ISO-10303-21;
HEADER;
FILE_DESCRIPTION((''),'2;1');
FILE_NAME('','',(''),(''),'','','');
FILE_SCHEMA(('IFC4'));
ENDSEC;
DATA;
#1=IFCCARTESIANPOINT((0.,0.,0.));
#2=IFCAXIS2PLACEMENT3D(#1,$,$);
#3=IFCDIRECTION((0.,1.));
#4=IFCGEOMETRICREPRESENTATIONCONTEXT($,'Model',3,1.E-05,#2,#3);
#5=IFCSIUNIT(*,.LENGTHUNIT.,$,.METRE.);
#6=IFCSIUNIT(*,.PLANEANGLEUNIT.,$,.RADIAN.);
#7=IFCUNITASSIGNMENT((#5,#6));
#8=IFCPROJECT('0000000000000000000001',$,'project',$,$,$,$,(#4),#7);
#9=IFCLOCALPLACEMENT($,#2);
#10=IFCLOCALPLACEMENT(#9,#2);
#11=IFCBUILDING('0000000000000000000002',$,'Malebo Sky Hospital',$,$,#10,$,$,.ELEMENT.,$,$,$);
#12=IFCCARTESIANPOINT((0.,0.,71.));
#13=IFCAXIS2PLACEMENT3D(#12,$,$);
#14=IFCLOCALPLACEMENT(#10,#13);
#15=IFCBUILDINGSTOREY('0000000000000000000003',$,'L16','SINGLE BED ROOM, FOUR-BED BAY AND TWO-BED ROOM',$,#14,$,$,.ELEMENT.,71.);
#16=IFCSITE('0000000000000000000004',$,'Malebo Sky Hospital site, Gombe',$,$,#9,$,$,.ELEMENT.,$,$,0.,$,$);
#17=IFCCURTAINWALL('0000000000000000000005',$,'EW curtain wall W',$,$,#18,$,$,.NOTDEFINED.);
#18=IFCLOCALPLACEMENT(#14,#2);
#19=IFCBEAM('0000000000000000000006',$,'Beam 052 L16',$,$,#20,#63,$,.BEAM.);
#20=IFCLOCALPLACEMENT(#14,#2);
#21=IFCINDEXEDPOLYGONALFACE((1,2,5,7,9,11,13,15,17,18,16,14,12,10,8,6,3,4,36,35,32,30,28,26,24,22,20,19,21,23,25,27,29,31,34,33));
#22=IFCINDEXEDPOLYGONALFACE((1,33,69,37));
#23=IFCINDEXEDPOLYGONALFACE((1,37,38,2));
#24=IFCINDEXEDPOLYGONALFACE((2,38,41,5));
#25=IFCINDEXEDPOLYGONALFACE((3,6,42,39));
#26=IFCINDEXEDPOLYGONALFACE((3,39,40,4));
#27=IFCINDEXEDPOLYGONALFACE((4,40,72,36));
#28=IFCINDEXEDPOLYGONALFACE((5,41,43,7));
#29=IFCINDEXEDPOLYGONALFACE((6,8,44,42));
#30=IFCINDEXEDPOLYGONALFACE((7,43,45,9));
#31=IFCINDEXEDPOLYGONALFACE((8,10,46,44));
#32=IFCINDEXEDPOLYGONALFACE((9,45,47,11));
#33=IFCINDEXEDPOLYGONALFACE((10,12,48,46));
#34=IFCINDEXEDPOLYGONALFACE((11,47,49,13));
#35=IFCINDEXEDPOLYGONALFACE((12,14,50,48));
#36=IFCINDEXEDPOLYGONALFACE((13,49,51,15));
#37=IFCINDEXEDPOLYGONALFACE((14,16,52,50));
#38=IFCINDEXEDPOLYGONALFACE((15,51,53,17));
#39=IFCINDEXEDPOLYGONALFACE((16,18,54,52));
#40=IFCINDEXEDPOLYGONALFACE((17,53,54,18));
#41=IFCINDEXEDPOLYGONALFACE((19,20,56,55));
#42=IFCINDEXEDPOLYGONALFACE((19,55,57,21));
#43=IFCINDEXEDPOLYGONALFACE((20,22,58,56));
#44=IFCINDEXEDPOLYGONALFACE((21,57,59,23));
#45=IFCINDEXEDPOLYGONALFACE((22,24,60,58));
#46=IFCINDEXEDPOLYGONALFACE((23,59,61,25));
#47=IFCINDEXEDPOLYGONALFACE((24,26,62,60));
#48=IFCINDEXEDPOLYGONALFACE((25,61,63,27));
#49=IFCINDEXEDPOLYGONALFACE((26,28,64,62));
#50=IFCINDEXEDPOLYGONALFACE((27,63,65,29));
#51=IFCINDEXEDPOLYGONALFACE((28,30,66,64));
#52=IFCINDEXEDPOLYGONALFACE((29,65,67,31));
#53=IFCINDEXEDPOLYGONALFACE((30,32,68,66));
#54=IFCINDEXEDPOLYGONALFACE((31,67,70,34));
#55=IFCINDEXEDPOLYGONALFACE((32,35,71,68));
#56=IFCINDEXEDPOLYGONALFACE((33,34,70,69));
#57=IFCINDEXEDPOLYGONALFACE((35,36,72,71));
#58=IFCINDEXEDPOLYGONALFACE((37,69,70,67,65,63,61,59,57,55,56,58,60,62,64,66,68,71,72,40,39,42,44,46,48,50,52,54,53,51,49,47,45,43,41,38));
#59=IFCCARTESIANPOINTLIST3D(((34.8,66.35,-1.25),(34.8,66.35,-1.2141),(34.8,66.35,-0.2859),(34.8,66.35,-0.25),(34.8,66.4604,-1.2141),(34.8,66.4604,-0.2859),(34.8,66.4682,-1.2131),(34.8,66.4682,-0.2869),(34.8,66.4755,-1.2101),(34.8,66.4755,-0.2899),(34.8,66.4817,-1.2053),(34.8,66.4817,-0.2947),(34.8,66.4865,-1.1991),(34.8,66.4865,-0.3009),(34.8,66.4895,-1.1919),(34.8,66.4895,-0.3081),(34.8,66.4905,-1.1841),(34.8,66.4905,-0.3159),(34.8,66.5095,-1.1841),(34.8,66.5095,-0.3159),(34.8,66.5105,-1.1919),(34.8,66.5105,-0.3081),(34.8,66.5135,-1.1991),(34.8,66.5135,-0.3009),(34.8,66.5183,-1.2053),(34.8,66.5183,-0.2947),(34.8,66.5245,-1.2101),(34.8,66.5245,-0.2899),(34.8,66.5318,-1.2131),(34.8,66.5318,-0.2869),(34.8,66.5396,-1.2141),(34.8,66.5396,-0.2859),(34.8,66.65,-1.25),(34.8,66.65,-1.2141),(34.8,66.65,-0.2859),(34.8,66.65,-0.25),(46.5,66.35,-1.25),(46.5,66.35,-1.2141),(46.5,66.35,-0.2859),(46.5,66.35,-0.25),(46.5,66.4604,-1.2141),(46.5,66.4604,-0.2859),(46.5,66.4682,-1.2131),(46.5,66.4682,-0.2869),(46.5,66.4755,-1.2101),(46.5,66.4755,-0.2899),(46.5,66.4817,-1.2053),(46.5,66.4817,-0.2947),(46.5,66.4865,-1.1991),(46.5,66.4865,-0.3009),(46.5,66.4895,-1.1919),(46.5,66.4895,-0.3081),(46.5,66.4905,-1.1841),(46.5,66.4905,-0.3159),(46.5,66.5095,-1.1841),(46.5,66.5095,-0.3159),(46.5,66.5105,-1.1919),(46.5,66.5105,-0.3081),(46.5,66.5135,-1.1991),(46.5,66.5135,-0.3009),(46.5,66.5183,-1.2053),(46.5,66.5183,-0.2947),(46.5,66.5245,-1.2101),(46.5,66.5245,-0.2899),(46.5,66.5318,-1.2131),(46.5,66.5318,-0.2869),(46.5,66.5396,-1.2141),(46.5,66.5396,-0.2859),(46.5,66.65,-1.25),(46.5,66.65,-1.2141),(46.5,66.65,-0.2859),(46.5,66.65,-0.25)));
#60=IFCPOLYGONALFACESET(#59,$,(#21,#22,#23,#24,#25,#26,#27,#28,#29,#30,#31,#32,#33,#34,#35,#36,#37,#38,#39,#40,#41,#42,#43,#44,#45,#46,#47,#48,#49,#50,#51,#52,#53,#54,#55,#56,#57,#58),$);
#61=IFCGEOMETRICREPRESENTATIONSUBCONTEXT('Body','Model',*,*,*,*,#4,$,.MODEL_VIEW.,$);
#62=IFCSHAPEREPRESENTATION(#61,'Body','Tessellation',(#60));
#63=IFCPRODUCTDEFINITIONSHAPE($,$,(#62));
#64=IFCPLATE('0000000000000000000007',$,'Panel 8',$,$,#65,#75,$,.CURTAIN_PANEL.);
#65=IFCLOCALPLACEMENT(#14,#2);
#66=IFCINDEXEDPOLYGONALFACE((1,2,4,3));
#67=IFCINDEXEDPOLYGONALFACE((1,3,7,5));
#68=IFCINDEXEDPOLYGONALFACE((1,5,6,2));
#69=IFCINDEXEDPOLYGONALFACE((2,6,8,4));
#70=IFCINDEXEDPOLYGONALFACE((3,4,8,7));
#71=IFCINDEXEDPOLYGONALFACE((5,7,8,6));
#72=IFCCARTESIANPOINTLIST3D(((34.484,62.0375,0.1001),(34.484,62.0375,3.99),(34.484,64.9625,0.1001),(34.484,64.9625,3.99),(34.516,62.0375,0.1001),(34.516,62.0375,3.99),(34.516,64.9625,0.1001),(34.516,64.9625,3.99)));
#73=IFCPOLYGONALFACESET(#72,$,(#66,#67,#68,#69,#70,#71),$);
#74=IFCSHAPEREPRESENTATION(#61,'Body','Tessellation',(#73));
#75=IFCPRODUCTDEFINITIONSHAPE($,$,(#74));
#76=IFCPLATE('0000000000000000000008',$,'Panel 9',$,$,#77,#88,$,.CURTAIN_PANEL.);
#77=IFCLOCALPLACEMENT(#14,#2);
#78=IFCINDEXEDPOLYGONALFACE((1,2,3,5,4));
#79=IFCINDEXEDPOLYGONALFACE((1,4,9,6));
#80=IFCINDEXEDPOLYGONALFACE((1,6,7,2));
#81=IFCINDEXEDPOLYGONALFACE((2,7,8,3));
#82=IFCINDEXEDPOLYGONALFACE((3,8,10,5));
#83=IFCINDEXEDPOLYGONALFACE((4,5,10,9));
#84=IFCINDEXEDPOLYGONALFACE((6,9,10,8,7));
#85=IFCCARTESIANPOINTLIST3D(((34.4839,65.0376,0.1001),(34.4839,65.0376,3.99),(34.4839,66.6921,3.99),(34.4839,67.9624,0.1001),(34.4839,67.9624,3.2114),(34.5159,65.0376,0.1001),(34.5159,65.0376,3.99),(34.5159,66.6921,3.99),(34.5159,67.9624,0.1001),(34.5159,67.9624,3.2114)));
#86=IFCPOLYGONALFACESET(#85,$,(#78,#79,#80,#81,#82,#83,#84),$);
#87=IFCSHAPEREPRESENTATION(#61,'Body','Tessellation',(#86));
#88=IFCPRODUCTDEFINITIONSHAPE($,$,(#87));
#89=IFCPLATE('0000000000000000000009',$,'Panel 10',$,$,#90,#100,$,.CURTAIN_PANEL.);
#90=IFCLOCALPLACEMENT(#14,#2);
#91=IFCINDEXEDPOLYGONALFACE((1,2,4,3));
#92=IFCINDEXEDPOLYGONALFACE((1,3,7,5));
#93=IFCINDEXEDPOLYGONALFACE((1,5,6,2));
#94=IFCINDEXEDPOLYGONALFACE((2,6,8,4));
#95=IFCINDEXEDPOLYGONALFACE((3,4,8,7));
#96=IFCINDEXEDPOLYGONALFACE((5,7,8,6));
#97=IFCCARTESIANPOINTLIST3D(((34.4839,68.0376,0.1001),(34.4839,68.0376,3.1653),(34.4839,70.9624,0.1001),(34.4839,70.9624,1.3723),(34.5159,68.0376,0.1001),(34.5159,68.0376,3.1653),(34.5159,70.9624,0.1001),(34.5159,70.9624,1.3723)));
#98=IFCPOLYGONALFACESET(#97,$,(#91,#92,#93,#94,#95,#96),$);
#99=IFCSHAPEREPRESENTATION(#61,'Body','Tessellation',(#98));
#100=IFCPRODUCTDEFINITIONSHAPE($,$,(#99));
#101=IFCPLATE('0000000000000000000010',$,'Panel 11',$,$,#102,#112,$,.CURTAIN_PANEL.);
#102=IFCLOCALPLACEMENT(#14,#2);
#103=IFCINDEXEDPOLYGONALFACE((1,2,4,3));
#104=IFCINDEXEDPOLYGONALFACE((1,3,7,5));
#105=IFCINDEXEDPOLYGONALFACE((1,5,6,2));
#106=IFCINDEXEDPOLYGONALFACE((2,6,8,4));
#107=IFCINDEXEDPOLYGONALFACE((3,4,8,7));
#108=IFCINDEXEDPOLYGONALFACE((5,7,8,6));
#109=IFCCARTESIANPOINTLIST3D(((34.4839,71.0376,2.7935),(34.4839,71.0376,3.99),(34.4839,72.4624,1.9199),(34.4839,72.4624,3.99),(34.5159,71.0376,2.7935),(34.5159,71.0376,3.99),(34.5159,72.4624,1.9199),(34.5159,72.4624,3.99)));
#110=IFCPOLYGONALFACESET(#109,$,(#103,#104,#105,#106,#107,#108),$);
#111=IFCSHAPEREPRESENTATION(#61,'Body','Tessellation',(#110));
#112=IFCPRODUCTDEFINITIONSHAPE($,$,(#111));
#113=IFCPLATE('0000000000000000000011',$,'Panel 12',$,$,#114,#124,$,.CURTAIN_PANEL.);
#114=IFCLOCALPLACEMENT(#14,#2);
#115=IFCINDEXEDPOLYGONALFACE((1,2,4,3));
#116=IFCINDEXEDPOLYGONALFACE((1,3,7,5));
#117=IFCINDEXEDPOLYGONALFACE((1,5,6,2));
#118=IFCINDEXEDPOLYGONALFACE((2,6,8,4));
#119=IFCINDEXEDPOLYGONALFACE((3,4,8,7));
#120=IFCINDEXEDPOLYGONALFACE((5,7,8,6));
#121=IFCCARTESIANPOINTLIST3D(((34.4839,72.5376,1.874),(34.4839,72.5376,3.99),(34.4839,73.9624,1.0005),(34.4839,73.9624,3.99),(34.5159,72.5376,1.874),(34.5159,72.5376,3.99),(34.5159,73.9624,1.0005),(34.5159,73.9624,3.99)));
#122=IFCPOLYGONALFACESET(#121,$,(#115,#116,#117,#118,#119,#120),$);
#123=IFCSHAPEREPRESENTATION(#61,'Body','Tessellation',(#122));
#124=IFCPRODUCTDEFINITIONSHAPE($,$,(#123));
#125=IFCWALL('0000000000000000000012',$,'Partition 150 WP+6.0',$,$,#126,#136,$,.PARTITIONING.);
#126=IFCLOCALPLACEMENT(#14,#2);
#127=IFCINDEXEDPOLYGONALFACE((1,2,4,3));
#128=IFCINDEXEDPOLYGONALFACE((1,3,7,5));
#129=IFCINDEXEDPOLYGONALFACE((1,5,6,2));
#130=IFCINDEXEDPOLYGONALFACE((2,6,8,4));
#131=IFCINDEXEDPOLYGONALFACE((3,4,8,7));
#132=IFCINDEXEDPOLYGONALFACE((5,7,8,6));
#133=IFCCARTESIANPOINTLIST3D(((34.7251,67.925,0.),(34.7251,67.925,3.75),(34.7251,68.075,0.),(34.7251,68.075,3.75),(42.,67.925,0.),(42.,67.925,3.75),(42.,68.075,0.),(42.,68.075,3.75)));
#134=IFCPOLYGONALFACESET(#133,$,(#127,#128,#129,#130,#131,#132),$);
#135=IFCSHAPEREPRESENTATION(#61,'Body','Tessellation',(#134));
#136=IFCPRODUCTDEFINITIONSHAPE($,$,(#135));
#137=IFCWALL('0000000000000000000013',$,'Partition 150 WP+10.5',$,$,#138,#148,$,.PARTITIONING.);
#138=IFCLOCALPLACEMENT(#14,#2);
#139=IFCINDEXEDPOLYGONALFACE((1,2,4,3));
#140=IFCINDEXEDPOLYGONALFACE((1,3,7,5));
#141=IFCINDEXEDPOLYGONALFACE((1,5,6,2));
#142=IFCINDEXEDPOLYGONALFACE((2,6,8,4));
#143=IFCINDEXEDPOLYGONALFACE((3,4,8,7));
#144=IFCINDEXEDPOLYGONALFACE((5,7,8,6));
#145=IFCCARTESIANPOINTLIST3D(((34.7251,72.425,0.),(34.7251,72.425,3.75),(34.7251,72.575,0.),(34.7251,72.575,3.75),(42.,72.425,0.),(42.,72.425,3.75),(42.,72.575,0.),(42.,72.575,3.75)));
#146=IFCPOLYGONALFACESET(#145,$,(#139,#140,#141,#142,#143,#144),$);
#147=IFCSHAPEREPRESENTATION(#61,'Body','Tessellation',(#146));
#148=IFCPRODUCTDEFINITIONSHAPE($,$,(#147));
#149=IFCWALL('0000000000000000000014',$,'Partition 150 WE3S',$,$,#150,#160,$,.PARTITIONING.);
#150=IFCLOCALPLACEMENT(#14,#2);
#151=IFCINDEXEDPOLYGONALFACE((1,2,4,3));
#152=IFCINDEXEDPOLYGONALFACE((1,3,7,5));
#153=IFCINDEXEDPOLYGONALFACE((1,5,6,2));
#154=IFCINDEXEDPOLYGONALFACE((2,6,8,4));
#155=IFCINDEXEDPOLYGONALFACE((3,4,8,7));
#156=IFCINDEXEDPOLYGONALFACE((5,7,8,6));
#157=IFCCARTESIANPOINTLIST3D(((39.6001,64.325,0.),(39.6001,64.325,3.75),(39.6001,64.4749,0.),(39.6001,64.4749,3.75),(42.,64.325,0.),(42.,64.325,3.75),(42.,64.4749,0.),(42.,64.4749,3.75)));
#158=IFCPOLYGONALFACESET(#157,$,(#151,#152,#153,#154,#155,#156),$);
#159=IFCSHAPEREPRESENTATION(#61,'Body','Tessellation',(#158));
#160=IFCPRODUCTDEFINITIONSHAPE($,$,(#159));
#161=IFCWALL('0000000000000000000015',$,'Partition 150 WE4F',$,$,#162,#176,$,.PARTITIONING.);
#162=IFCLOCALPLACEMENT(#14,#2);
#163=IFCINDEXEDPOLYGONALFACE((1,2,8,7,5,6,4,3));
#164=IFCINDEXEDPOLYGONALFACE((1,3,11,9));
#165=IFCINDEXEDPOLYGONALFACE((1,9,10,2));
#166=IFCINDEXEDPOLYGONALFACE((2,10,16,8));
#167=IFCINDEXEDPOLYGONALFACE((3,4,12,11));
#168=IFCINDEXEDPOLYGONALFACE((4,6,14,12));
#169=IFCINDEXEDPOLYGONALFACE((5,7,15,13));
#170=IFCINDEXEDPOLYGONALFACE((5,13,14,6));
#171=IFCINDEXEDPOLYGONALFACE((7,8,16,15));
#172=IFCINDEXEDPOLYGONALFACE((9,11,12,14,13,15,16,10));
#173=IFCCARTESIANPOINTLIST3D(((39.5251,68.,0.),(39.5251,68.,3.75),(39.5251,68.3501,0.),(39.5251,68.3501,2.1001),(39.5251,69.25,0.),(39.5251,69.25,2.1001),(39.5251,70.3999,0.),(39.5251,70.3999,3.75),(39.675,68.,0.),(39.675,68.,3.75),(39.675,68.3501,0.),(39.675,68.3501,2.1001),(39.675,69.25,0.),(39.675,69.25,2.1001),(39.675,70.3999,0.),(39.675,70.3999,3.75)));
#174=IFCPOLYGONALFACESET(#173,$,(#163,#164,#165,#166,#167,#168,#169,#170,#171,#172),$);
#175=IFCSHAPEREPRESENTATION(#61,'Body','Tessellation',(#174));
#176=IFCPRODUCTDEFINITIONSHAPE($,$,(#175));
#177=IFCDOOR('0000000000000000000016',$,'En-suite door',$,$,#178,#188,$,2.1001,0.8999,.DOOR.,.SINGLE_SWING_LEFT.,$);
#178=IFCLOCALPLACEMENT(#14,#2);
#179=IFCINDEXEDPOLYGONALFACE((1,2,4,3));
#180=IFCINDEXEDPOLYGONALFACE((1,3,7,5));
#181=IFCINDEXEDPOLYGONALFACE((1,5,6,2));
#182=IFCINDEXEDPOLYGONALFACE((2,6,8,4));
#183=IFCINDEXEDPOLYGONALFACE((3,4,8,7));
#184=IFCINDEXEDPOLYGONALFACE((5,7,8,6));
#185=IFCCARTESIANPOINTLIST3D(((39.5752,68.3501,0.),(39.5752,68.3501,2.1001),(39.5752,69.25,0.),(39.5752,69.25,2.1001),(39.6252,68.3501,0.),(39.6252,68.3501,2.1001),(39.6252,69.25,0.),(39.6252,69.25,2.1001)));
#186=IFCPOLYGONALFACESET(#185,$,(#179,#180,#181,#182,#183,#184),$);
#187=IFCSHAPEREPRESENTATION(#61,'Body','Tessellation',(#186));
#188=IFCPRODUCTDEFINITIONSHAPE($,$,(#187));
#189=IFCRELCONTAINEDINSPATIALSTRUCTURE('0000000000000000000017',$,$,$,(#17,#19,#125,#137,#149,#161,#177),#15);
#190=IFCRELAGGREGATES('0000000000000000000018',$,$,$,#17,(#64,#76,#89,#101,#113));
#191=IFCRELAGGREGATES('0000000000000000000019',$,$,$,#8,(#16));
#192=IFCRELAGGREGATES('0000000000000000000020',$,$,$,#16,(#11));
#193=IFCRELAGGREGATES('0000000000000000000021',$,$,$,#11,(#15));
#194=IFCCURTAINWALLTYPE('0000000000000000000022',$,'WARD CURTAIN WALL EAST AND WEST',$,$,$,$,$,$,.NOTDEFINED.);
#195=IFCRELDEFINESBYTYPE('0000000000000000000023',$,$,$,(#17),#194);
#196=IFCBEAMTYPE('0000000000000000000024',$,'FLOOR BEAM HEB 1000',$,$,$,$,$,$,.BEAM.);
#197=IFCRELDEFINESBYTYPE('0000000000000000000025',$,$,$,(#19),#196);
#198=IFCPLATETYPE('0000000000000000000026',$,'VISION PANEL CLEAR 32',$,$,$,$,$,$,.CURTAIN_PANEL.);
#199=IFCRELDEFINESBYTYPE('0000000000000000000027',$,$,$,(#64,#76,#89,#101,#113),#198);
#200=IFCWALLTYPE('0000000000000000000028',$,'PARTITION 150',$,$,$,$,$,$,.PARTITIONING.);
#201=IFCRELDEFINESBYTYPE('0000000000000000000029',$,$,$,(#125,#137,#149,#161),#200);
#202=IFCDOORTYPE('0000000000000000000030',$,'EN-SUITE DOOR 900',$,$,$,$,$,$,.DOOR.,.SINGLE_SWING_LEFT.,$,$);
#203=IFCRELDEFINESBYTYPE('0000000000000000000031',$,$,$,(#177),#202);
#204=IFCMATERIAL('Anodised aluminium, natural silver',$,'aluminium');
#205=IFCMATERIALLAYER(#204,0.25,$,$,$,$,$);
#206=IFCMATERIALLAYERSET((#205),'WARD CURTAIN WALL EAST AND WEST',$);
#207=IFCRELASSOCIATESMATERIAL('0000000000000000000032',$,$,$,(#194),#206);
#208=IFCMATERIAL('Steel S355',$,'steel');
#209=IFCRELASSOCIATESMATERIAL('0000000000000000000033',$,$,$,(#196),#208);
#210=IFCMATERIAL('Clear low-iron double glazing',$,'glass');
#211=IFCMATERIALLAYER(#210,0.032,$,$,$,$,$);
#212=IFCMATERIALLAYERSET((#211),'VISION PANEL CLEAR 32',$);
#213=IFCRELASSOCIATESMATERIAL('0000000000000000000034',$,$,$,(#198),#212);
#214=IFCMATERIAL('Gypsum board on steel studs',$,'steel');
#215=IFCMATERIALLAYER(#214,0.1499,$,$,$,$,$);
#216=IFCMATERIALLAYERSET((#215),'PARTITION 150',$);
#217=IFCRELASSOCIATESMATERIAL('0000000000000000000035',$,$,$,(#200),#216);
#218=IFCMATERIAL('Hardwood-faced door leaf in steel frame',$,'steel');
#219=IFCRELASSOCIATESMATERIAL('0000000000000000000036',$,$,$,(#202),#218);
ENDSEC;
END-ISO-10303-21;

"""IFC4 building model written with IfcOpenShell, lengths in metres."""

from ifc_helpers import new_model, si_unit, direction, frame, frame_2d, origin, origin_2d, place, context, subcontext, project, spatial, polyline, rectangle, i_section, outline, extrude, material, layer, layer_set, material_profile, profile_set, type_object, element, fill, aggregate, save


model = new_model("IFC4")

# Units and contexts
model_context = context("Model", 3, precision=1e-05, world=origin(), true_north=direction((0.0, 1.0)))
body_context = subcontext(model_context, "Body", "Model", "MODEL_VIEW")
ifc_project = project(units=[si_unit("LENGTHUNIT", "METRE"), si_unit("PLANEANGLEUNIT", "RADIAN")], contexts=[model_context])

# Site, building, storey
site_placement = place(None, origin())
site = spatial("IfcSite", under=ifc_project, at=site_placement, Name="Malebo Sky Hospital site, Gombe", CompositionType="ELEMENT", RefElevation=0.0)
building_placement = place(site_placement, origin())
building = spatial("IfcBuilding", under=site, at=building_placement, Name="Malebo Sky Hospital", CompositionType="ELEMENT")
storey_placement = place(building_placement, frame((0.0, 0.0, 71.0)))
storey = spatial("IfcBuildingStorey", under=building, at=storey_placement, Name="L16", Description="SINGLE BED ROOM, FOUR-BED BAY AND TWO-BED ROOM", CompositionType="ELEMENT", Elevation=71.0)

# Curtain wall
ifc_material_1 = material(Name="Anodised aluminium, natural silver", Category="aluminium")
ifc_layer_1 = layer(ifc_material_1, 0.25)
ifc_layer_set_1 = layer_set([ifc_layer_1], Name="WARD CURTAIN WALL EAST AND WEST")
curtain_wall_type = type_object("IfcCurtainWallType", Name="WARD CURTAIN WALL EAST AND WEST", PredefinedType="NOTDEFINED", material=ifc_layer_set_1)
curtain_wall_placement = place(storey_placement, origin())
curtain_wall = element("IfcCurtainWall", 1, at=curtain_wall_placement, inside=storey, type_object=curtain_wall_type, Name="EW curtain wall W", PredefinedType="NOTDEFINED")

# Beam
ifc_material_2 = material(Name="Steel S355", Category="steel")
ifc_material_profile_1 = material_profile(ifc_material_2, i_section(OverallWidth=0.3, OverallDepth=1.0, WebThickness=0.019, FlangeThickness=0.0359, FilletRadius=0.03, at=origin_2d()), Name="HEB 1000")
ifc_profile_set_1 = profile_set([ifc_material_profile_1], Name="Steel S355")
beam_type_1 = type_object("IfcBeamType", Name="FLOOR BEAM HEB 1000", PredefinedType="BEAM", material=ifc_profile_set_1)
beam_1_placement = place(storey_placement, frame((34.8, 66.5, -0.75), z_axis=(1.0, 0.0, 0.0), x_axis=(0.0, 1.0, 0.0)))
element("IfcBeam", 2, at=beam_1_placement, inside=storey, type_object=beam_type_1, Name="Beam 052 L16", PredefinedType="BEAM", context=body_context, shape_type="SweptSolid", body=[
    extrude(i_section(OverallWidth=0.3, OverallDepth=1.0, WebThickness=0.019, FlangeThickness=0.0359, FilletRadius=0.03, at=origin_2d()), origin(), (0.0, 0.0, 1.0), 11.7),
])

# Plates
ifc_material_3 = material(Name="Clear low-iron double glazing", Category="glass")
ifc_layer_2 = layer(ifc_material_3, 0.032)
ifc_layer_set_2 = layer_set([ifc_layer_2], Name="VISION PANEL CLEAR 32")
plate_type = type_object("IfcPlateType", Name="VISION PANEL CLEAR 32", PredefinedType="CURTAIN_PANEL", material=ifc_layer_set_2)
plate_1_placement = place(storey_placement, frame((34.5, 63.5, 0.1001), z_axis=(0.0, 0.0, 1.0), x_axis=(0.0, 1.0, 0.0)))
plate_1 = element("IfcPlate", 3, at=plate_1_placement, type_object=plate_type, Name="Panel 8", PredefinedType="CURTAIN_PANEL", context=body_context, shape_type="SweptSolid", body=[
    extrude(rectangle(XDim=2.925, YDim=0.032, at=origin_2d()), origin(), (0.0, 0.0, 1.0), 3.8899),
])
plate_2_placement = place(storey_placement, frame((34.5, 66.5, 0.1001), z_axis=(0.0, 0.0, 1.0), x_axis=(0.0, 1.0, 0.0)))
plate_2 = element("IfcPlate", 4, at=plate_2_placement, type_object=plate_type, Name="Panel 9", PredefinedType="CURTAIN_PANEL", context=body_context, shape_type="SweptSolid", body=[
    extrude(outline(polyline([(-1.4624, 0.0), (1.4624, 0.0), (1.4624, 3.1113), (0.1921, 3.8899), (-1.4624, 3.8899), (-1.4624, 0.0)])), frame((0.0, 0.0161, 0.0), z_axis=(0.0, -1.0, 0.0), x_axis=(1.0, 0.0, 0.0)), (0.0, 0.0, 1.0), 0.032),
])
plate_3_placement = place(storey_placement, frame((34.5, 69.5, 0.1001), z_axis=(0.0, 0.0, 1.0), x_axis=(0.0, 1.0, 0.0)))
plate_3 = element("IfcPlate", 5, at=plate_3_placement, type_object=plate_type, Name="Panel 10", PredefinedType="CURTAIN_PANEL", context=body_context, shape_type="SweptSolid", body=[
    extrude(outline(polyline([(-1.4624, 0.0), (1.4624, 0.0), (1.4624, 1.2722), (-1.4624, 3.0652), (-1.4624, 0.0)])), frame((0.0, 0.0161, 0.0), z_axis=(0.0, -1.0, 0.0), x_axis=(1.0, 0.0, 0.0)), (0.0, 0.0, 1.0), 0.032),
])
plate_4_placement = place(storey_placement, frame((34.5, 71.75, 1.9199), z_axis=(0.0, 0.0, 1.0), x_axis=(0.0, 1.0, 0.0)))
plate_4 = element("IfcPlate", 6, at=plate_4_placement, type_object=plate_type, Name="Panel 11", PredefinedType="CURTAIN_PANEL", context=body_context, shape_type="SweptSolid", body=[
    extrude(outline(polyline([(0.7124, 0.0), (0.7124, 2.0701), (-0.7124, 2.0701), (-0.7124, 0.8735), (0.7124, 0.0)])), frame((0.0, 0.0161, 0.0), z_axis=(0.0, -1.0, 0.0), x_axis=(1.0, 0.0, 0.0)), (0.0, 0.0, 1.0), 0.032),
])
plate_5_placement = place(storey_placement, frame((34.5, 73.25, 1.0005), z_axis=(0.0, 0.0, 1.0), x_axis=(0.0, 1.0, 0.0)))
plate_5 = element("IfcPlate", 7, at=plate_5_placement, type_object=plate_type, Name="Panel 12", PredefinedType="CURTAIN_PANEL", context=body_context, shape_type="SweptSolid", body=[
    extrude(outline(polyline([(0.7124, 0.0), (0.7124, 2.9895), (-0.7124, 2.9895), (-0.7124, 0.8735), (0.7124, 0.0)])), frame((0.0, 0.0161, 0.0), z_axis=(0.0, -1.0, 0.0), x_axis=(1.0, 0.0, 0.0)), (0.0, 0.0, 1.0), 0.032),
])
aggregate(curtain_wall, [plate_1, plate_2, plate_3, plate_4, plate_5])

# Walls
ifc_material_4 = material(Name="Gypsum board on steel studs", Category="steel")
ifc_layer_3 = layer(ifc_material_4, 0.1499)
ifc_layer_set_3 = layer_set([ifc_layer_3], Name="PARTITION 150")
wall_type = type_object("IfcWallType", Name="PARTITION 150", PredefinedType="PARTITIONING", material=ifc_layer_set_3)
for number, where, z_axis, x_axis, name in (
    (8, (42.0, 68.0, 0.0), (0.0, 0.0, 1.0), (-1.0, 0.0, 0.0), "Partition 150 WP+6.0"),
    (9, (42.0, 72.5, 0.0), (0.0, 0.0, 1.0), (-1.0, 0.0, 0.0), "Partition 150 WP+10.5"),
):
    element("IfcWall", number, at=place(storey_placement, frame(where, z_axis=z_axis, x_axis=x_axis)), inside=storey, type_object=wall_type, Name=name, PredefinedType="PARTITIONING", context=body_context, shape_type="SweptSolid", body=[
        extrude(rectangle(XDim=7.2749, YDim=0.1499, at=frame_2d((3.6375, 0.0))), origin(), (0.0, 0.0, 1.0), 3.75),
    ])
wall_1_placement = place(storey_placement, frame((42.0, 64.3999, 0.0), z_axis=(0.0, 0.0, 1.0), x_axis=(-1.0, 0.0, 0.0)))
element("IfcWall", 10, at=wall_1_placement, inside=storey, type_object=wall_type, Name="Partition 150 WE3S", PredefinedType="PARTITIONING", context=body_context, shape_type="SweptSolid", body=[
    extrude(rectangle(XDim=2.3999, YDim=0.1499, at=frame_2d((1.2, 0.0))), origin(), (0.0, 0.0, 1.0), 3.75),
])

# Wall, opening, door
wall_2_placement = place(storey_placement, frame((39.6001, 68.0, 0.0), z_axis=(0.0, 0.0, 1.0), x_axis=(0.0, 1.0, 0.0)))
wall_2 = element("IfcWall", 11, at=wall_2_placement, inside=storey, type_object=wall_type, Name="Partition 150 WE4F", PredefinedType="PARTITIONING", context=body_context, shape_type="SweptSolid", body=[
    extrude(rectangle(XDim=2.3999, YDim=0.1499, at=frame_2d((1.2, 0.0))), origin(), (0.0, 0.0, 1.0), 3.75),
])
opening_1_placement = place(wall_2_placement, frame((0.3501, 0.0, 0.0)))
opening_1 = element("IfcOpeningElement", 12, at=opening_1_placement, cuts=wall_2, PredefinedType="OPENING", context=body_context, shape_type="SweptSolid", body=[
    extrude(rectangle(XDim=0.8999, YDim=2.1001, at=frame_2d((0.45, 1.05))), frame((0.0, 0.085, 0.0), z_axis=(0.0, -1.0, 0.0), x_axis=(1.0, 0.0, 0.0)), (0.0, 0.0, 1.0), 0.1699),
])
ifc_material_5 = material(Name="Hardwood-faced door leaf in steel frame", Category="steel")
door_type = type_object("IfcDoorType", Name="EN-SUITE DOOR 900", OperationType="SINGLE_SWING_LEFT", PredefinedType="DOOR", material=ifc_material_5)
door_1_placement = place(opening_1_placement, origin())
door_1 = element("IfcDoor", 13, at=door_1_placement, inside=storey, type_object=door_type, Name="En-suite door", OperationType="SINGLE_SWING_LEFT", OverallHeight=2.1001, OverallWidth=0.8999, PredefinedType="DOOR", context=body_context, shape_type="SweptSolid", body=[
    extrude(rectangle(XDim=0.8999, YDim=2.1001, at=frame_2d((0.45, 1.05))), frame((0.0, 0.0249, 0.0), z_axis=(0.0, -1.0, 0.0), x_axis=(1.0, 0.0, 0.0)), (0.0, 0.0, 1.0), 0.05),
])
fill(opening_1, door_1)

save(model, "model.ifc")
